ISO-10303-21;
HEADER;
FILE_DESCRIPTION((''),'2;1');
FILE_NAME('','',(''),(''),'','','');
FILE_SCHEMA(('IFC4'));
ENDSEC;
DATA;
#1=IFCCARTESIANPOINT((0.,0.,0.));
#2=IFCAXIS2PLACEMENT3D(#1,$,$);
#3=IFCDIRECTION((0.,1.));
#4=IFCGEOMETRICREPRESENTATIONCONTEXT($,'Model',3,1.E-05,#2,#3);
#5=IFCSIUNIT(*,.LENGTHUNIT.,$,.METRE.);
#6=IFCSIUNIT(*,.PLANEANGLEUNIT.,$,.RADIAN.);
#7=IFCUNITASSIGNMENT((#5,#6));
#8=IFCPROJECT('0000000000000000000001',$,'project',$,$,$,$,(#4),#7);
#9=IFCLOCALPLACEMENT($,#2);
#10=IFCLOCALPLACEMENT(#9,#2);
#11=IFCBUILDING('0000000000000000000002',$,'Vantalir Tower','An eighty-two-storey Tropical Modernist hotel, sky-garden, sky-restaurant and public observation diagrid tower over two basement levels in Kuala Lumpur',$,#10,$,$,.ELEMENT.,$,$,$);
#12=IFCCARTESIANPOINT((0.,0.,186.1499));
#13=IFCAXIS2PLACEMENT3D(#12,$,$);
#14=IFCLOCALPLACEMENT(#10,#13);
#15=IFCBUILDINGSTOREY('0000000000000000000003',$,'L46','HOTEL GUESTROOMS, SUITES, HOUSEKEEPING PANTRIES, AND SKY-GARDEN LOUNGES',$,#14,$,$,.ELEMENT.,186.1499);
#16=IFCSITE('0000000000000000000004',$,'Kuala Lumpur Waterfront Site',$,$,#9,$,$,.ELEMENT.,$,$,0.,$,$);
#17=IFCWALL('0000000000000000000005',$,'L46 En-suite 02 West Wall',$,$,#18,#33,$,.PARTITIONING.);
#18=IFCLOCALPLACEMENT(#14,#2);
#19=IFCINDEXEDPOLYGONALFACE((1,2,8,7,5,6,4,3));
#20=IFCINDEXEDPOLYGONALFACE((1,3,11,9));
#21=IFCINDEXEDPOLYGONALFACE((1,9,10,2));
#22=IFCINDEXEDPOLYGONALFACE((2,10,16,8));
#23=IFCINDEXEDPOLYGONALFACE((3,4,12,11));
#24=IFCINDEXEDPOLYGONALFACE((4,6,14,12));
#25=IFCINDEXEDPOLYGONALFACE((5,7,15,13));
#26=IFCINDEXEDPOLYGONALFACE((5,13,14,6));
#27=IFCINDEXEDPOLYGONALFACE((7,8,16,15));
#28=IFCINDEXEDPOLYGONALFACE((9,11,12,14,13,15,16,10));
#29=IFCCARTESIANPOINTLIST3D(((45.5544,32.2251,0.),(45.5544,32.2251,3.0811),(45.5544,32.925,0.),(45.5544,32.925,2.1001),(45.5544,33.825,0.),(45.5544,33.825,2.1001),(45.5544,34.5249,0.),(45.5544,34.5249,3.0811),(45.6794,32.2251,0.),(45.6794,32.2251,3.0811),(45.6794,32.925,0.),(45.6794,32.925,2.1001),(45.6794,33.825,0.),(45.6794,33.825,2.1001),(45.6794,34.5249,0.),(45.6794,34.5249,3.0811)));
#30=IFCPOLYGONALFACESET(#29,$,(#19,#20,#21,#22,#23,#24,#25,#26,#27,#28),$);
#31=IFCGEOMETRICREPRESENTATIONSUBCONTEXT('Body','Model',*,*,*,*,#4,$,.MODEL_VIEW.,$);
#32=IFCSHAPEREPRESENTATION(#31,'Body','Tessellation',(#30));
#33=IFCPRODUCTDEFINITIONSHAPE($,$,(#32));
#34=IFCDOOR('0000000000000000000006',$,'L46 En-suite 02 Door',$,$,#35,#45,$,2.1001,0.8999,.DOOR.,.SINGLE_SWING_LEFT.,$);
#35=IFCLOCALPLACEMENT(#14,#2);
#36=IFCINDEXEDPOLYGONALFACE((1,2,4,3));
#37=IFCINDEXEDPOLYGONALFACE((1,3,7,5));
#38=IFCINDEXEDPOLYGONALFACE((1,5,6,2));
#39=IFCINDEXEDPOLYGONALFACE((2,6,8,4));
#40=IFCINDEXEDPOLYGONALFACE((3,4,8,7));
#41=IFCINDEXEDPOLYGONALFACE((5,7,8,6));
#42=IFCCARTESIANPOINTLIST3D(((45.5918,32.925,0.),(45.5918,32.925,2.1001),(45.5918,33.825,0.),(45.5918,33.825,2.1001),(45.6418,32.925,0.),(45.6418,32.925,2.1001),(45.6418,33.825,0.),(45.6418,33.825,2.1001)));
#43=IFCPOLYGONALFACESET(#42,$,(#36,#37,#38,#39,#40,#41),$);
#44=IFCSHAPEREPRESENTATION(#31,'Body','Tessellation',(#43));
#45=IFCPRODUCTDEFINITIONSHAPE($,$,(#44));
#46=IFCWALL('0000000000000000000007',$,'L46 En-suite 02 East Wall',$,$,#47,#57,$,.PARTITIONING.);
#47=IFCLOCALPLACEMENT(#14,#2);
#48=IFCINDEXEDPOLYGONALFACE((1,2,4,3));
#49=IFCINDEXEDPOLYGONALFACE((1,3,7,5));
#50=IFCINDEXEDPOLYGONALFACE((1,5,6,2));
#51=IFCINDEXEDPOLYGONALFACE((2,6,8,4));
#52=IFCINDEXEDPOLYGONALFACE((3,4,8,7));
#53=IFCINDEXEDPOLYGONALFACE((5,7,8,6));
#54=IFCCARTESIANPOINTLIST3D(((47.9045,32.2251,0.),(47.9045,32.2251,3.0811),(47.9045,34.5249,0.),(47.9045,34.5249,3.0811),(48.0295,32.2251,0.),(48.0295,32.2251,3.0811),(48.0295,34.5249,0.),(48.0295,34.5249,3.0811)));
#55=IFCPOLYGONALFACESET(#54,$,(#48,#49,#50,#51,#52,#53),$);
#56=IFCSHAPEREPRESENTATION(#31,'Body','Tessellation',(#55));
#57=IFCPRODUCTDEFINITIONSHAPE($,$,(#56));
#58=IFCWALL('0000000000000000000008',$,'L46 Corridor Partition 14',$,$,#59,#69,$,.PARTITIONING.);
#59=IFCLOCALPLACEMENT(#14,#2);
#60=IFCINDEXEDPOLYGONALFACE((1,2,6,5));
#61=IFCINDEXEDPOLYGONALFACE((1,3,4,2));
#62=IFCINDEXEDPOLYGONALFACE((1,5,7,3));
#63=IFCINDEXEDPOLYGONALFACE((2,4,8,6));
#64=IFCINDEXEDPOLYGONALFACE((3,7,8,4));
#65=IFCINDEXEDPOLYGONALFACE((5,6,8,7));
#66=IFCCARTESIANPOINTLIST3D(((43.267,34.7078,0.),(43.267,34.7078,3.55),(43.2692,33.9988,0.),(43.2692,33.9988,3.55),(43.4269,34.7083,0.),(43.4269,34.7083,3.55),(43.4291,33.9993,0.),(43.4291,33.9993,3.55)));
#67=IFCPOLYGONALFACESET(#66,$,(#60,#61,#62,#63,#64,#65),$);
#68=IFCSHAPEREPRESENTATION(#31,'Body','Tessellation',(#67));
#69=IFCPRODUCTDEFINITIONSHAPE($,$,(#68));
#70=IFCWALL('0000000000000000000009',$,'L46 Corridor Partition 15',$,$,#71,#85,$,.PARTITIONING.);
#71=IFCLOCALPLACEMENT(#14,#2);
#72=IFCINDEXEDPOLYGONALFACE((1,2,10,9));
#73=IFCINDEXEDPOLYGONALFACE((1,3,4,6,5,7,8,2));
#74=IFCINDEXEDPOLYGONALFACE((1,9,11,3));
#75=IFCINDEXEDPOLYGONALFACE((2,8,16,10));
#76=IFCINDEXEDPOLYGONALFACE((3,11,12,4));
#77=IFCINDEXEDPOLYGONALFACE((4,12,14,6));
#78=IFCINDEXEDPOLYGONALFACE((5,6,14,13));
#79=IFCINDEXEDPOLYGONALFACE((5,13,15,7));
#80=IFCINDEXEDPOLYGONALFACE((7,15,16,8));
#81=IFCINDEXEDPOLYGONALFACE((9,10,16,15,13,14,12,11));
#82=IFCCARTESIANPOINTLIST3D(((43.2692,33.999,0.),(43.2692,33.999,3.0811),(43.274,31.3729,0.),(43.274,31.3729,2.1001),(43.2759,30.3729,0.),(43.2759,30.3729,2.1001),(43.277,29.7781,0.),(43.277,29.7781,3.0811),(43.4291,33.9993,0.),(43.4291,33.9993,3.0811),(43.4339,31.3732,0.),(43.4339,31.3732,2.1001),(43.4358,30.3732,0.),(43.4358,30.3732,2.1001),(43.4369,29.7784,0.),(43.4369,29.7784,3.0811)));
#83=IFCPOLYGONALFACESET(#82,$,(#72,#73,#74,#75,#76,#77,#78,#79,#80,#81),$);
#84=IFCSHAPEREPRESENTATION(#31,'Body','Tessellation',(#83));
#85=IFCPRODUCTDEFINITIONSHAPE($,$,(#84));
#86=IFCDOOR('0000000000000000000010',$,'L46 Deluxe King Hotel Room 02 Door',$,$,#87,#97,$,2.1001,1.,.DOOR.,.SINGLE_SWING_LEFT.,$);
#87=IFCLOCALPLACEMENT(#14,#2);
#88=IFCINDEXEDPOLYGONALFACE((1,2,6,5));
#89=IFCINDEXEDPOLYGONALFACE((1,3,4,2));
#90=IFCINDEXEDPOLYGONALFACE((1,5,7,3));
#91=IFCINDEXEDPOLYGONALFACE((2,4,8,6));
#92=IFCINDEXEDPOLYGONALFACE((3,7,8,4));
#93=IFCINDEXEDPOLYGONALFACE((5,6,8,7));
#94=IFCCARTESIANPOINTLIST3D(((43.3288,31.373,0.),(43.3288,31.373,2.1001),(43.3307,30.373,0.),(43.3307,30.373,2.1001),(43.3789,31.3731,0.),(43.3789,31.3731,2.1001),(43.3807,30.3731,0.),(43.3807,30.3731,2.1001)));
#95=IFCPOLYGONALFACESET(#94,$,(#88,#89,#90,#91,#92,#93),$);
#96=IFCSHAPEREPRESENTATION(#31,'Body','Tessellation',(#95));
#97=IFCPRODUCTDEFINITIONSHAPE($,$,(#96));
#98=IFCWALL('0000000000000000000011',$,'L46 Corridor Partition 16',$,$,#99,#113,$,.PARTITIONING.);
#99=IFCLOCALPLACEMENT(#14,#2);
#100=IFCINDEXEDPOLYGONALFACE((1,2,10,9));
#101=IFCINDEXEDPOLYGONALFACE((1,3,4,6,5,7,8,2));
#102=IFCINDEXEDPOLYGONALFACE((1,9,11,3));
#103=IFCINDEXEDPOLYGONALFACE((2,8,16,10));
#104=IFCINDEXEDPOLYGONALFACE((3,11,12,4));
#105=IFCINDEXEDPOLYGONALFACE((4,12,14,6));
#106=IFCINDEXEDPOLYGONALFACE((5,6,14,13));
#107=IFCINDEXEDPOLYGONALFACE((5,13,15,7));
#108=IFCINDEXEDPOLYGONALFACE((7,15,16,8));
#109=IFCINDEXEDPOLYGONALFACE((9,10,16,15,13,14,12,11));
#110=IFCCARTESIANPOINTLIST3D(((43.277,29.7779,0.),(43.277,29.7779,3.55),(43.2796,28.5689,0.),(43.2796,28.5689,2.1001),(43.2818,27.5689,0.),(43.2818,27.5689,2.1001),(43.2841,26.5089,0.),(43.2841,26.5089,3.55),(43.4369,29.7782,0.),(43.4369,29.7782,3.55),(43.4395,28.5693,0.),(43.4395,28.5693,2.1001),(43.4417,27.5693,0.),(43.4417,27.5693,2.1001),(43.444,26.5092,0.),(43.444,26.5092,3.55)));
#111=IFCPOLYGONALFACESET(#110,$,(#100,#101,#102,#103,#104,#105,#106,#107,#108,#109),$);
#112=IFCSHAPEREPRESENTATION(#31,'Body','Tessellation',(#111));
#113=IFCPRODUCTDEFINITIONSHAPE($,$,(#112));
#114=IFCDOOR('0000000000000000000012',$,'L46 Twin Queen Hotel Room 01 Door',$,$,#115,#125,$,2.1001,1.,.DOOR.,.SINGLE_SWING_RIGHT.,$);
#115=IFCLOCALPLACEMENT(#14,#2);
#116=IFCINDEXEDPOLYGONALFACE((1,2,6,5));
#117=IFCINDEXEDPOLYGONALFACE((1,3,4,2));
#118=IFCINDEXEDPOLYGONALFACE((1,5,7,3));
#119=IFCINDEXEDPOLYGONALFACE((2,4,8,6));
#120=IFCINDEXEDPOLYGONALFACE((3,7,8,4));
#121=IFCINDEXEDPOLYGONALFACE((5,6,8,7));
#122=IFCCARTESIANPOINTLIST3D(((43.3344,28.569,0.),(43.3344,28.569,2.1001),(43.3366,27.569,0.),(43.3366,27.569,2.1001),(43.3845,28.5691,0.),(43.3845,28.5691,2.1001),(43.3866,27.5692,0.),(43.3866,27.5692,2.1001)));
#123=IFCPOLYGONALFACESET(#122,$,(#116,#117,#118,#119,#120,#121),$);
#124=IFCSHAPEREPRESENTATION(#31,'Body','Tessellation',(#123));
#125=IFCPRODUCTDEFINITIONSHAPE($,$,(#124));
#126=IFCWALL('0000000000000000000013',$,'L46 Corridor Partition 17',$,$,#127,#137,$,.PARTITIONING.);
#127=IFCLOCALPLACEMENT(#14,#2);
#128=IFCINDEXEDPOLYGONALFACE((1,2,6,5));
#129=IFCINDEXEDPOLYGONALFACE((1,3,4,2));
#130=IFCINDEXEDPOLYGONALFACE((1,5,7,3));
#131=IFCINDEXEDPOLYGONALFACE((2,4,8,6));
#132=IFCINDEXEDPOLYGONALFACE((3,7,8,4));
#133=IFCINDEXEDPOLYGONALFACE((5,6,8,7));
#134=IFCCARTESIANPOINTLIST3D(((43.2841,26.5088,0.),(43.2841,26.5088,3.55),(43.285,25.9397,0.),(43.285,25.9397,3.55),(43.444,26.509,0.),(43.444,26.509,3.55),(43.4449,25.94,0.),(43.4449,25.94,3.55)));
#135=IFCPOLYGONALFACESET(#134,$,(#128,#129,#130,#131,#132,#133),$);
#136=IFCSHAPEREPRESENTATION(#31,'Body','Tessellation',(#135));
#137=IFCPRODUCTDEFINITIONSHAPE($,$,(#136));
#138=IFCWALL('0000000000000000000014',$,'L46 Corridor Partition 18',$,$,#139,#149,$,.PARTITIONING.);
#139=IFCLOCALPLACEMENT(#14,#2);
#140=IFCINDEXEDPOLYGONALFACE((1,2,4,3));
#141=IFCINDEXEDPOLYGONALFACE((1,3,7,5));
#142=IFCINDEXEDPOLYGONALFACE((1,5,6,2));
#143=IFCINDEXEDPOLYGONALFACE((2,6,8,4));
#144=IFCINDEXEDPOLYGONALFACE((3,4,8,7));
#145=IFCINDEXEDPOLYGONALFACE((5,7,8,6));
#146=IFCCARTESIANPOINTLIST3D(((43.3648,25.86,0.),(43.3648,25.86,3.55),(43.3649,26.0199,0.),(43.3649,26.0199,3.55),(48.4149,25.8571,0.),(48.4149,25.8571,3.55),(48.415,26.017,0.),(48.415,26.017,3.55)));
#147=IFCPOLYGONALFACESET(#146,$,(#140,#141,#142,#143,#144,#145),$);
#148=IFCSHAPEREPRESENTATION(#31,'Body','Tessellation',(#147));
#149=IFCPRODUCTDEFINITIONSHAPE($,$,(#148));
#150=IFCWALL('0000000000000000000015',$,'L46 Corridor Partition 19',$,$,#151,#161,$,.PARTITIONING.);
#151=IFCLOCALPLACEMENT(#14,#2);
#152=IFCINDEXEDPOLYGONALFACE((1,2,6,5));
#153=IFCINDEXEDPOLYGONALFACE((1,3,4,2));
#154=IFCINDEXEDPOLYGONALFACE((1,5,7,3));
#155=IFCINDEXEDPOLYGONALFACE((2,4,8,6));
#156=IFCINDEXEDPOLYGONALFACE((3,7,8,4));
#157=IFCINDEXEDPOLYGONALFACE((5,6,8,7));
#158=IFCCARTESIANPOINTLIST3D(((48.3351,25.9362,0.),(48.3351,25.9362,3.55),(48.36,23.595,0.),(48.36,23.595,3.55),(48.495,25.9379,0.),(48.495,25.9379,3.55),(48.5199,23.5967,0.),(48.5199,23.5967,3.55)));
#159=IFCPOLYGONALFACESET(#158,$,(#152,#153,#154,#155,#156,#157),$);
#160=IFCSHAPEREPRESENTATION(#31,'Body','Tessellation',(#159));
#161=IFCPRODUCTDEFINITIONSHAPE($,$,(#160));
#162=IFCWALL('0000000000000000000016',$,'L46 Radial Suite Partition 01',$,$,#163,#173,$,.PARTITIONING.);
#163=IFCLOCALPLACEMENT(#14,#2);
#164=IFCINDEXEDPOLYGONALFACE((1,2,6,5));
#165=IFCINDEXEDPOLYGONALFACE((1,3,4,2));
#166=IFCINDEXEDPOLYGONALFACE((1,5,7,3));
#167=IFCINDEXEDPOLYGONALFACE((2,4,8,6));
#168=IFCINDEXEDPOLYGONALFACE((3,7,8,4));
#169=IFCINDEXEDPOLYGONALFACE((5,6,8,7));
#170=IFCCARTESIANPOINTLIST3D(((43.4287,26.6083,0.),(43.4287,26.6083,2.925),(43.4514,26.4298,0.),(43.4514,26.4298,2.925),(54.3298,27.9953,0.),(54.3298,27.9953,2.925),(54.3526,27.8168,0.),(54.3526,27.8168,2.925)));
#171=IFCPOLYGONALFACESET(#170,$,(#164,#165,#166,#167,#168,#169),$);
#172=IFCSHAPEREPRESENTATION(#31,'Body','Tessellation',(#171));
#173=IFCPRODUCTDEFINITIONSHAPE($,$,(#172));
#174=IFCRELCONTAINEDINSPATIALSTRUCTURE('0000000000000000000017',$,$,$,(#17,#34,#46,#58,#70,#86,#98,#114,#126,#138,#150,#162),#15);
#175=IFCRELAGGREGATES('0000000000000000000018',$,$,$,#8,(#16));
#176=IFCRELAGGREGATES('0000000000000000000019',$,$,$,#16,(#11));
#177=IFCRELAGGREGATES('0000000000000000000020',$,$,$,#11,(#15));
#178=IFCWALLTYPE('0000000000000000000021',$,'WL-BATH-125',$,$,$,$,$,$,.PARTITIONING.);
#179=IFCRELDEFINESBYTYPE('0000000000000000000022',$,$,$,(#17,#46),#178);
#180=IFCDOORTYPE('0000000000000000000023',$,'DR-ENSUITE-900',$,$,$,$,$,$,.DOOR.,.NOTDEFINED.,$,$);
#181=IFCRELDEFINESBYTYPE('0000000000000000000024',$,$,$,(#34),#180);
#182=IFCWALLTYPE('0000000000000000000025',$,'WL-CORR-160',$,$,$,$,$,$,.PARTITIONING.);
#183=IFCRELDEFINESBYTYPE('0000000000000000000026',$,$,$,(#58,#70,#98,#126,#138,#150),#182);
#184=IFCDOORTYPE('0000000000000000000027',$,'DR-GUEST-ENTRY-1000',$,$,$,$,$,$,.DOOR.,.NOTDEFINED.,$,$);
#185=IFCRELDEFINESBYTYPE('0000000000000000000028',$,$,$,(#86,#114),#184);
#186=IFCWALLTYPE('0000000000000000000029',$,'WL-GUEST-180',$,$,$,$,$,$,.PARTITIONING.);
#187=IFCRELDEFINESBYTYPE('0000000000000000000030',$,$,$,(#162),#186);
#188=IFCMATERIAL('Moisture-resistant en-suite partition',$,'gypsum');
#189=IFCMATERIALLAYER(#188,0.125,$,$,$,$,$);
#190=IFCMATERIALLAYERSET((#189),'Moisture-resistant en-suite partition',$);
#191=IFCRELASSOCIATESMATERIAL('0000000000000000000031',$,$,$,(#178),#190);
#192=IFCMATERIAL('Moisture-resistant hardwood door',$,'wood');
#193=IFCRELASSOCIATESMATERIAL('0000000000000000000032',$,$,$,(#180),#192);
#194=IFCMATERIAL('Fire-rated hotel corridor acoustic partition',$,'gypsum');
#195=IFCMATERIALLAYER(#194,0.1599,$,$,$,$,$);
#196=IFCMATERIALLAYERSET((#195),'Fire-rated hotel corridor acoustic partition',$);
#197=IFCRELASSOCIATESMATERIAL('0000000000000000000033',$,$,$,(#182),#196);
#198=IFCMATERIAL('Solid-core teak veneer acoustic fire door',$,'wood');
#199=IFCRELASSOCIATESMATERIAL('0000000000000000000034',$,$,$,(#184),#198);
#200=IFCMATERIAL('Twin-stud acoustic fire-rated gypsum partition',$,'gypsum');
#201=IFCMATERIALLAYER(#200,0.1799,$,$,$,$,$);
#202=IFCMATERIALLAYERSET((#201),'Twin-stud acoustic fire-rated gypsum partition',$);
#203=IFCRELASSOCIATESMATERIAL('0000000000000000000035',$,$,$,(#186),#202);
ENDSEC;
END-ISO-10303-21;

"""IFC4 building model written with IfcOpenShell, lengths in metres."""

from ifc_helpers import new_model, si_unit, direction, frame, frame_2d, origin, place, context, subcontext, project, spatial, rectangle, extrude, material, layer, layer_set, type_object, element, fill, save


model = new_model("IFC4")

# Units and contexts
model_context = context("Model", 3, precision=1e-05, world=origin(), true_north=direction((0.0, 1.0)))
body_context = subcontext(model_context, "Body", "Model", "MODEL_VIEW")
ifc_project = project(units=[si_unit("LENGTHUNIT", "METRE"), si_unit("PLANEANGLEUNIT", "RADIAN")], contexts=[model_context])

# Site, building, storey
site_placement = place(None, origin())
site = spatial("IfcSite", under=ifc_project, at=site_placement, Name="Kuala Lumpur Waterfront Site", CompositionType="ELEMENT", RefElevation=0.0)
building_placement = place(site_placement, origin())
building = spatial("IfcBuilding", under=site, at=building_placement, Name="Vantalir Tower", Description="An eighty-two-storey Tropical Modernist hotel, sky-garden, sky-restaurant and public observation diagrid tower over two basement levels in Kuala Lumpur", CompositionType="ELEMENT")
storey_placement = place(building_placement, frame((0.0, 0.0, 186.1499)))
storey = spatial("IfcBuildingStorey", under=building, at=storey_placement, Name="L46", Description="HOTEL GUESTROOMS, SUITES, HOUSEKEEPING PANTRIES, AND SKY-GARDEN LOUNGES", CompositionType="ELEMENT", Elevation=186.1499)

# Shared definitions
ifc_material_1 = material(Name="Moisture-resistant en-suite partition", Category="gypsum")
ifc_layer_1 = layer(ifc_material_1, 0.125)
ifc_layer_set_1 = layer_set([ifc_layer_1], Name="Moisture-resistant en-suite partition")
wall_type_1 = type_object("IfcWallType", Name="WL-BATH-125", PredefinedType="PARTITIONING", material=ifc_layer_set_1)

# Shared definitions
ifc_material_2 = material(Name="Moisture-resistant hardwood door", Category="wood")
door_type_1 = type_object("IfcDoorType", Name="DR-ENSUITE-900", OperationType="NOTDEFINED", PredefinedType="DOOR", material=ifc_material_2)

# Wall, opening, door
wall_1_placement = place(storey_placement, frame((45.6169, 32.2251, 0.0), z_axis=(0.0, 0.0, 1.0), x_axis=(0.0, 1.0, 0.0)))
wall_1 = element("IfcWall", 1, at=wall_1_placement, inside=storey, type_object=wall_type_1, Name="L46 En-suite 02 West Wall", PredefinedType="PARTITIONING", context=body_context, shape_type="SweptSolid", body=[
    extrude(rectangle(XDim=2.2998, YDim=0.125, at=frame_2d((1.1499, 0.0))), origin(), (0.0, 0.0, 1.0), 3.0811),
])
opening_1_placement = place(wall_1_placement, frame((0.7, 0.0, 0.0)))
opening_1 = element("IfcOpeningElement", 2, at=opening_1_placement, cuts=wall_1, PredefinedType="OPENING", context=body_context, shape_type="SweptSolid", body=[
    extrude(rectangle(XDim=0.8999, YDim=2.1001, at=frame_2d((0.45, 1.05))), frame((0.0, 0.0725, 0.0), z_axis=(0.0, -1.0, 0.0), x_axis=(1.0, 0.0, 0.0)), (0.0, 0.0, 1.0), 0.145),
])
door_1_placement = place(opening_1_placement, frame((0.8999, 0.0, 0.0), z_axis=(0.0, 0.0, 1.0), x_axis=(-1.0, 0.0, 0.0)))
door_1 = element("IfcDoor", 3, at=door_1_placement, inside=storey, type_object=door_type_1, Name="L46 En-suite 02 Door", OperationType="SINGLE_SWING_LEFT", OverallHeight=2.1001, OverallWidth=0.8999, PredefinedType="DOOR", context=body_context, shape_type="SweptSolid", body=[
    extrude(rectangle(XDim=0.8999, YDim=2.1001, at=frame_2d((0.45, 1.05))), frame((0.0, 0.0249, 0.0), z_axis=(0.0, -1.0, 0.0), x_axis=(1.0, 0.0, 0.0)), (0.0, 0.0, 1.0), 0.05),
])
fill(opening_1, door_1)

# Walls
wall_2_placement = place(storey_placement, frame((47.967, 32.2251, 0.0), z_axis=(0.0, 0.0, 1.0), x_axis=(0.0, 1.0, 0.0)))
element("IfcWall", 4, at=wall_2_placement, inside=storey, type_object=wall_type_1, Name="L46 En-suite 02 East Wall", PredefinedType="PARTITIONING", context=body_context, shape_type="SweptSolid", body=[
    extrude(rectangle(XDim=2.2998, YDim=0.125, at=frame_2d((1.1499, 0.0))), origin(), (0.0, 0.0, 1.0), 3.0811),
])
ifc_material_3 = material(Name="Fire-rated hotel corridor acoustic partition", Category="gypsum")
ifc_layer_2 = layer(ifc_material_3, 0.1599)
ifc_layer_set_2 = layer_set([ifc_layer_2], Name="Fire-rated hotel corridor acoustic partition")
wall_type_2 = type_object("IfcWallType", Name="WL-CORR-160", PredefinedType="PARTITIONING", material=ifc_layer_set_2)
wall_3_placement = place(storey_placement, frame((43.3469, 34.708, 0.0), z_axis=(0.0, 0.0, 1.0), x_axis=(0.003099, -0.999995, 0.0)))
element("IfcWall", 5, at=wall_3_placement, inside=storey, type_object=wall_type_2, Name="L46 Corridor Partition 14", PredefinedType="PARTITIONING", context=body_context, shape_type="SweptSolid", body=[
    extrude(rectangle(XDim=0.709, YDim=0.1599, at=frame_2d((0.3545, 0.0))), origin(), (0.0, 0.0, 1.0), 3.55),
])

# Walls, openings, doors
wall_4_placement = place(storey_placement, frame((43.3491, 33.999, 0.0), z_axis=(0.0, 0.0, 1.0), x_axis=(0.001851, -0.999998, 0.0)))
wall_4 = element("IfcWall", 6, at=wall_4_placement, inside=storey, type_object=wall_type_2, Name="L46 Corridor Partition 15", PredefinedType="PARTITIONING", context=body_context, shape_type="SweptSolid", body=[
    extrude(rectangle(XDim=4.2209, YDim=0.1599, at=frame_2d((2.1104, 0.0))), origin(), (0.0, 0.0, 1.0), 3.0811),
])
opening_2_placement = place(wall_4_placement, frame((2.626, 0.0, 0.0)))
opening_2 = element("IfcOpeningElement", 7, at=opening_2_placement, cuts=wall_4, PredefinedType="OPENING", context=body_context, shape_type="SweptSolid", body=[
    extrude(rectangle(XDim=1.0, YDim=2.1001, at=frame_2d((0.5, 1.05))), frame((0.0, 0.0898, 0.0), z_axis=(0.0, -1.0, 0.0), x_axis=(1.0, 0.0, 0.0)), (0.0, 0.0, 1.0), 0.1799),
])
ifc_material_4 = material(Name="Solid-core teak veneer acoustic fire door", Category="wood")
door_type_2 = type_object("IfcDoorType", Name="DR-GUEST-ENTRY-1000", OperationType="NOTDEFINED", PredefinedType="DOOR", material=ifc_material_4)
door_2_placement = place(opening_2_placement, origin())
door_2 = element("IfcDoor", 8, at=door_2_placement, inside=storey, type_object=door_type_2, Name="L46 Deluxe King Hotel Room 02 Door", OperationType="SINGLE_SWING_LEFT", OverallHeight=2.1001, OverallWidth=1.0, PredefinedType="DOOR", context=body_context, shape_type="SweptSolid", body=[
    extrude(rectangle(XDim=1.0, YDim=2.1001, at=frame_2d((0.5, 1.05))), frame((0.0, 0.0249, 0.0), z_axis=(0.0, -1.0, 0.0), x_axis=(1.0, 0.0, 0.0)), (0.0, 0.0, 1.0), 0.05),
])
fill(opening_2, door_2)
wall_5_placement = place(storey_placement, frame((43.3569, 29.7781, 0.0), z_axis=(0.0, 0.0, 1.0), x_axis=(0.002166, -0.999998, 0.0)))
wall_5 = element("IfcWall", 9, at=wall_5_placement, inside=storey, type_object=wall_type_2, Name="L46 Corridor Partition 16", PredefinedType="PARTITIONING", context=body_context, shape_type="SweptSolid", body=[
    extrude(rectangle(XDim=3.269, YDim=0.1599, at=frame_2d((1.6345, 0.0))), origin(), (0.0, 0.0, 1.0), 3.55),
])
opening_3_placement = place(wall_5_placement, frame((1.209, 0.0, 0.0)))
opening_3 = element("IfcOpeningElement", 10, at=opening_3_placement, cuts=wall_5, PredefinedType="OPENING", context=body_context, shape_type="SweptSolid", body=[
    extrude(rectangle(XDim=1.0, YDim=2.1001, at=frame_2d((0.5, 1.05))), frame((0.0, 0.0898, 0.0), z_axis=(0.0, -1.0, 0.0), x_axis=(1.0, 0.0, 0.0)), (0.0, 0.0, 1.0), 0.1799),
])
door_3_placement = place(opening_3_placement, origin())
door_3 = element("IfcDoor", 11, at=door_3_placement, inside=storey, type_object=door_type_2, Name="L46 Twin Queen Hotel Room 01 Door", OperationType="SINGLE_SWING_RIGHT", OverallHeight=2.1001, OverallWidth=1.0, PredefinedType="DOOR", context=body_context, shape_type="SweptSolid", body=[
    extrude(rectangle(XDim=1.0, YDim=2.1001, at=frame_2d((0.5, 1.05))), frame((0.0, 0.0249, 0.0), z_axis=(0.0, -1.0, 0.0), x_axis=(1.0, 0.0, 0.0)), (0.0, 0.0, 1.0), 0.05),
])
fill(opening_3, door_3)

# Walls
wall_6_placement = place(storey_placement, frame((43.364, 26.509, 0.0), z_axis=(0.0, 0.0, 1.0), x_axis=(0.001716, -0.999999, 0.0)))
element("IfcWall", 12, at=wall_6_placement, inside=storey, type_object=wall_type_2, Name="L46 Corridor Partition 17", PredefinedType="PARTITIONING", context=body_context, shape_type="SweptSolid", body=[
    extrude(rectangle(XDim=0.5691, YDim=0.1599, at=frame_2d((0.2847, 0.0))), origin(), (0.0, 0.0, 1.0), 3.55),
])
wall_7_placement = place(storey_placement, frame((43.365, 25.9399, 0.0), z_axis=(0.0, 0.0, 1.0), x_axis=(1.0, -0.00058, 0.0)))
element("IfcWall", 13, at=wall_7_placement, inside=storey, type_object=wall_type_2, Name="L46 Corridor Partition 18", PredefinedType="PARTITIONING", context=body_context, shape_type="SweptSolid", body=[
    extrude(rectangle(XDim=5.05, YDim=0.1599, at=frame_2d((2.5249, 0.0))), origin(), (0.0, 0.0, 1.0), 3.55),
])
wall_8_placement = place(storey_placement, frame((48.415, 25.937, 0.0), z_axis=(0.0, 0.0, 1.0), x_axis=(0.010637, -0.999943, 0.0)))
element("IfcWall", 14, at=wall_8_placement, inside=storey, type_object=wall_type_2, Name="L46 Corridor Partition 19", PredefinedType="PARTITIONING", context=body_context, shape_type="SweptSolid", body=[
    extrude(rectangle(XDim=2.3413, YDim=0.1599, at=frame_2d((1.1707, 0.0))), origin(), (0.0, 0.0, 1.0), 3.55),
])
ifc_material_5 = material(Name="Twin-stud acoustic fire-rated gypsum partition", Category="gypsum")
ifc_layer_3 = layer(ifc_material_5, 0.1799)
ifc_layer_set_3 = layer_set([ifc_layer_3], Name="Twin-stud acoustic fire-rated gypsum partition")
wall_type_3 = type_object("IfcWallType", Name="WL-GUEST-180", PredefinedType="PARTITIONING", material=ifc_layer_set_3)
wall_9_placement = place(storey_placement, frame((43.4399, 26.519, 0.0), z_axis=(0.0, 0.0, 1.0), x_axis=(0.992003, 0.126214, 0.0)))
element("IfcWall", 15, at=wall_9_placement, inside=storey, type_object=wall_type_3, Name="L46 Radial Suite Partition 01", PredefinedType="PARTITIONING", context=body_context, shape_type="SweptSolid", body=[
    extrude(rectangle(XDim=10.989, YDim=0.1799, at=frame_2d((5.4946, 0.0))), origin(), (0.0, 0.0, 1.0), 2.925),
])

save(model, "model.ifc")
